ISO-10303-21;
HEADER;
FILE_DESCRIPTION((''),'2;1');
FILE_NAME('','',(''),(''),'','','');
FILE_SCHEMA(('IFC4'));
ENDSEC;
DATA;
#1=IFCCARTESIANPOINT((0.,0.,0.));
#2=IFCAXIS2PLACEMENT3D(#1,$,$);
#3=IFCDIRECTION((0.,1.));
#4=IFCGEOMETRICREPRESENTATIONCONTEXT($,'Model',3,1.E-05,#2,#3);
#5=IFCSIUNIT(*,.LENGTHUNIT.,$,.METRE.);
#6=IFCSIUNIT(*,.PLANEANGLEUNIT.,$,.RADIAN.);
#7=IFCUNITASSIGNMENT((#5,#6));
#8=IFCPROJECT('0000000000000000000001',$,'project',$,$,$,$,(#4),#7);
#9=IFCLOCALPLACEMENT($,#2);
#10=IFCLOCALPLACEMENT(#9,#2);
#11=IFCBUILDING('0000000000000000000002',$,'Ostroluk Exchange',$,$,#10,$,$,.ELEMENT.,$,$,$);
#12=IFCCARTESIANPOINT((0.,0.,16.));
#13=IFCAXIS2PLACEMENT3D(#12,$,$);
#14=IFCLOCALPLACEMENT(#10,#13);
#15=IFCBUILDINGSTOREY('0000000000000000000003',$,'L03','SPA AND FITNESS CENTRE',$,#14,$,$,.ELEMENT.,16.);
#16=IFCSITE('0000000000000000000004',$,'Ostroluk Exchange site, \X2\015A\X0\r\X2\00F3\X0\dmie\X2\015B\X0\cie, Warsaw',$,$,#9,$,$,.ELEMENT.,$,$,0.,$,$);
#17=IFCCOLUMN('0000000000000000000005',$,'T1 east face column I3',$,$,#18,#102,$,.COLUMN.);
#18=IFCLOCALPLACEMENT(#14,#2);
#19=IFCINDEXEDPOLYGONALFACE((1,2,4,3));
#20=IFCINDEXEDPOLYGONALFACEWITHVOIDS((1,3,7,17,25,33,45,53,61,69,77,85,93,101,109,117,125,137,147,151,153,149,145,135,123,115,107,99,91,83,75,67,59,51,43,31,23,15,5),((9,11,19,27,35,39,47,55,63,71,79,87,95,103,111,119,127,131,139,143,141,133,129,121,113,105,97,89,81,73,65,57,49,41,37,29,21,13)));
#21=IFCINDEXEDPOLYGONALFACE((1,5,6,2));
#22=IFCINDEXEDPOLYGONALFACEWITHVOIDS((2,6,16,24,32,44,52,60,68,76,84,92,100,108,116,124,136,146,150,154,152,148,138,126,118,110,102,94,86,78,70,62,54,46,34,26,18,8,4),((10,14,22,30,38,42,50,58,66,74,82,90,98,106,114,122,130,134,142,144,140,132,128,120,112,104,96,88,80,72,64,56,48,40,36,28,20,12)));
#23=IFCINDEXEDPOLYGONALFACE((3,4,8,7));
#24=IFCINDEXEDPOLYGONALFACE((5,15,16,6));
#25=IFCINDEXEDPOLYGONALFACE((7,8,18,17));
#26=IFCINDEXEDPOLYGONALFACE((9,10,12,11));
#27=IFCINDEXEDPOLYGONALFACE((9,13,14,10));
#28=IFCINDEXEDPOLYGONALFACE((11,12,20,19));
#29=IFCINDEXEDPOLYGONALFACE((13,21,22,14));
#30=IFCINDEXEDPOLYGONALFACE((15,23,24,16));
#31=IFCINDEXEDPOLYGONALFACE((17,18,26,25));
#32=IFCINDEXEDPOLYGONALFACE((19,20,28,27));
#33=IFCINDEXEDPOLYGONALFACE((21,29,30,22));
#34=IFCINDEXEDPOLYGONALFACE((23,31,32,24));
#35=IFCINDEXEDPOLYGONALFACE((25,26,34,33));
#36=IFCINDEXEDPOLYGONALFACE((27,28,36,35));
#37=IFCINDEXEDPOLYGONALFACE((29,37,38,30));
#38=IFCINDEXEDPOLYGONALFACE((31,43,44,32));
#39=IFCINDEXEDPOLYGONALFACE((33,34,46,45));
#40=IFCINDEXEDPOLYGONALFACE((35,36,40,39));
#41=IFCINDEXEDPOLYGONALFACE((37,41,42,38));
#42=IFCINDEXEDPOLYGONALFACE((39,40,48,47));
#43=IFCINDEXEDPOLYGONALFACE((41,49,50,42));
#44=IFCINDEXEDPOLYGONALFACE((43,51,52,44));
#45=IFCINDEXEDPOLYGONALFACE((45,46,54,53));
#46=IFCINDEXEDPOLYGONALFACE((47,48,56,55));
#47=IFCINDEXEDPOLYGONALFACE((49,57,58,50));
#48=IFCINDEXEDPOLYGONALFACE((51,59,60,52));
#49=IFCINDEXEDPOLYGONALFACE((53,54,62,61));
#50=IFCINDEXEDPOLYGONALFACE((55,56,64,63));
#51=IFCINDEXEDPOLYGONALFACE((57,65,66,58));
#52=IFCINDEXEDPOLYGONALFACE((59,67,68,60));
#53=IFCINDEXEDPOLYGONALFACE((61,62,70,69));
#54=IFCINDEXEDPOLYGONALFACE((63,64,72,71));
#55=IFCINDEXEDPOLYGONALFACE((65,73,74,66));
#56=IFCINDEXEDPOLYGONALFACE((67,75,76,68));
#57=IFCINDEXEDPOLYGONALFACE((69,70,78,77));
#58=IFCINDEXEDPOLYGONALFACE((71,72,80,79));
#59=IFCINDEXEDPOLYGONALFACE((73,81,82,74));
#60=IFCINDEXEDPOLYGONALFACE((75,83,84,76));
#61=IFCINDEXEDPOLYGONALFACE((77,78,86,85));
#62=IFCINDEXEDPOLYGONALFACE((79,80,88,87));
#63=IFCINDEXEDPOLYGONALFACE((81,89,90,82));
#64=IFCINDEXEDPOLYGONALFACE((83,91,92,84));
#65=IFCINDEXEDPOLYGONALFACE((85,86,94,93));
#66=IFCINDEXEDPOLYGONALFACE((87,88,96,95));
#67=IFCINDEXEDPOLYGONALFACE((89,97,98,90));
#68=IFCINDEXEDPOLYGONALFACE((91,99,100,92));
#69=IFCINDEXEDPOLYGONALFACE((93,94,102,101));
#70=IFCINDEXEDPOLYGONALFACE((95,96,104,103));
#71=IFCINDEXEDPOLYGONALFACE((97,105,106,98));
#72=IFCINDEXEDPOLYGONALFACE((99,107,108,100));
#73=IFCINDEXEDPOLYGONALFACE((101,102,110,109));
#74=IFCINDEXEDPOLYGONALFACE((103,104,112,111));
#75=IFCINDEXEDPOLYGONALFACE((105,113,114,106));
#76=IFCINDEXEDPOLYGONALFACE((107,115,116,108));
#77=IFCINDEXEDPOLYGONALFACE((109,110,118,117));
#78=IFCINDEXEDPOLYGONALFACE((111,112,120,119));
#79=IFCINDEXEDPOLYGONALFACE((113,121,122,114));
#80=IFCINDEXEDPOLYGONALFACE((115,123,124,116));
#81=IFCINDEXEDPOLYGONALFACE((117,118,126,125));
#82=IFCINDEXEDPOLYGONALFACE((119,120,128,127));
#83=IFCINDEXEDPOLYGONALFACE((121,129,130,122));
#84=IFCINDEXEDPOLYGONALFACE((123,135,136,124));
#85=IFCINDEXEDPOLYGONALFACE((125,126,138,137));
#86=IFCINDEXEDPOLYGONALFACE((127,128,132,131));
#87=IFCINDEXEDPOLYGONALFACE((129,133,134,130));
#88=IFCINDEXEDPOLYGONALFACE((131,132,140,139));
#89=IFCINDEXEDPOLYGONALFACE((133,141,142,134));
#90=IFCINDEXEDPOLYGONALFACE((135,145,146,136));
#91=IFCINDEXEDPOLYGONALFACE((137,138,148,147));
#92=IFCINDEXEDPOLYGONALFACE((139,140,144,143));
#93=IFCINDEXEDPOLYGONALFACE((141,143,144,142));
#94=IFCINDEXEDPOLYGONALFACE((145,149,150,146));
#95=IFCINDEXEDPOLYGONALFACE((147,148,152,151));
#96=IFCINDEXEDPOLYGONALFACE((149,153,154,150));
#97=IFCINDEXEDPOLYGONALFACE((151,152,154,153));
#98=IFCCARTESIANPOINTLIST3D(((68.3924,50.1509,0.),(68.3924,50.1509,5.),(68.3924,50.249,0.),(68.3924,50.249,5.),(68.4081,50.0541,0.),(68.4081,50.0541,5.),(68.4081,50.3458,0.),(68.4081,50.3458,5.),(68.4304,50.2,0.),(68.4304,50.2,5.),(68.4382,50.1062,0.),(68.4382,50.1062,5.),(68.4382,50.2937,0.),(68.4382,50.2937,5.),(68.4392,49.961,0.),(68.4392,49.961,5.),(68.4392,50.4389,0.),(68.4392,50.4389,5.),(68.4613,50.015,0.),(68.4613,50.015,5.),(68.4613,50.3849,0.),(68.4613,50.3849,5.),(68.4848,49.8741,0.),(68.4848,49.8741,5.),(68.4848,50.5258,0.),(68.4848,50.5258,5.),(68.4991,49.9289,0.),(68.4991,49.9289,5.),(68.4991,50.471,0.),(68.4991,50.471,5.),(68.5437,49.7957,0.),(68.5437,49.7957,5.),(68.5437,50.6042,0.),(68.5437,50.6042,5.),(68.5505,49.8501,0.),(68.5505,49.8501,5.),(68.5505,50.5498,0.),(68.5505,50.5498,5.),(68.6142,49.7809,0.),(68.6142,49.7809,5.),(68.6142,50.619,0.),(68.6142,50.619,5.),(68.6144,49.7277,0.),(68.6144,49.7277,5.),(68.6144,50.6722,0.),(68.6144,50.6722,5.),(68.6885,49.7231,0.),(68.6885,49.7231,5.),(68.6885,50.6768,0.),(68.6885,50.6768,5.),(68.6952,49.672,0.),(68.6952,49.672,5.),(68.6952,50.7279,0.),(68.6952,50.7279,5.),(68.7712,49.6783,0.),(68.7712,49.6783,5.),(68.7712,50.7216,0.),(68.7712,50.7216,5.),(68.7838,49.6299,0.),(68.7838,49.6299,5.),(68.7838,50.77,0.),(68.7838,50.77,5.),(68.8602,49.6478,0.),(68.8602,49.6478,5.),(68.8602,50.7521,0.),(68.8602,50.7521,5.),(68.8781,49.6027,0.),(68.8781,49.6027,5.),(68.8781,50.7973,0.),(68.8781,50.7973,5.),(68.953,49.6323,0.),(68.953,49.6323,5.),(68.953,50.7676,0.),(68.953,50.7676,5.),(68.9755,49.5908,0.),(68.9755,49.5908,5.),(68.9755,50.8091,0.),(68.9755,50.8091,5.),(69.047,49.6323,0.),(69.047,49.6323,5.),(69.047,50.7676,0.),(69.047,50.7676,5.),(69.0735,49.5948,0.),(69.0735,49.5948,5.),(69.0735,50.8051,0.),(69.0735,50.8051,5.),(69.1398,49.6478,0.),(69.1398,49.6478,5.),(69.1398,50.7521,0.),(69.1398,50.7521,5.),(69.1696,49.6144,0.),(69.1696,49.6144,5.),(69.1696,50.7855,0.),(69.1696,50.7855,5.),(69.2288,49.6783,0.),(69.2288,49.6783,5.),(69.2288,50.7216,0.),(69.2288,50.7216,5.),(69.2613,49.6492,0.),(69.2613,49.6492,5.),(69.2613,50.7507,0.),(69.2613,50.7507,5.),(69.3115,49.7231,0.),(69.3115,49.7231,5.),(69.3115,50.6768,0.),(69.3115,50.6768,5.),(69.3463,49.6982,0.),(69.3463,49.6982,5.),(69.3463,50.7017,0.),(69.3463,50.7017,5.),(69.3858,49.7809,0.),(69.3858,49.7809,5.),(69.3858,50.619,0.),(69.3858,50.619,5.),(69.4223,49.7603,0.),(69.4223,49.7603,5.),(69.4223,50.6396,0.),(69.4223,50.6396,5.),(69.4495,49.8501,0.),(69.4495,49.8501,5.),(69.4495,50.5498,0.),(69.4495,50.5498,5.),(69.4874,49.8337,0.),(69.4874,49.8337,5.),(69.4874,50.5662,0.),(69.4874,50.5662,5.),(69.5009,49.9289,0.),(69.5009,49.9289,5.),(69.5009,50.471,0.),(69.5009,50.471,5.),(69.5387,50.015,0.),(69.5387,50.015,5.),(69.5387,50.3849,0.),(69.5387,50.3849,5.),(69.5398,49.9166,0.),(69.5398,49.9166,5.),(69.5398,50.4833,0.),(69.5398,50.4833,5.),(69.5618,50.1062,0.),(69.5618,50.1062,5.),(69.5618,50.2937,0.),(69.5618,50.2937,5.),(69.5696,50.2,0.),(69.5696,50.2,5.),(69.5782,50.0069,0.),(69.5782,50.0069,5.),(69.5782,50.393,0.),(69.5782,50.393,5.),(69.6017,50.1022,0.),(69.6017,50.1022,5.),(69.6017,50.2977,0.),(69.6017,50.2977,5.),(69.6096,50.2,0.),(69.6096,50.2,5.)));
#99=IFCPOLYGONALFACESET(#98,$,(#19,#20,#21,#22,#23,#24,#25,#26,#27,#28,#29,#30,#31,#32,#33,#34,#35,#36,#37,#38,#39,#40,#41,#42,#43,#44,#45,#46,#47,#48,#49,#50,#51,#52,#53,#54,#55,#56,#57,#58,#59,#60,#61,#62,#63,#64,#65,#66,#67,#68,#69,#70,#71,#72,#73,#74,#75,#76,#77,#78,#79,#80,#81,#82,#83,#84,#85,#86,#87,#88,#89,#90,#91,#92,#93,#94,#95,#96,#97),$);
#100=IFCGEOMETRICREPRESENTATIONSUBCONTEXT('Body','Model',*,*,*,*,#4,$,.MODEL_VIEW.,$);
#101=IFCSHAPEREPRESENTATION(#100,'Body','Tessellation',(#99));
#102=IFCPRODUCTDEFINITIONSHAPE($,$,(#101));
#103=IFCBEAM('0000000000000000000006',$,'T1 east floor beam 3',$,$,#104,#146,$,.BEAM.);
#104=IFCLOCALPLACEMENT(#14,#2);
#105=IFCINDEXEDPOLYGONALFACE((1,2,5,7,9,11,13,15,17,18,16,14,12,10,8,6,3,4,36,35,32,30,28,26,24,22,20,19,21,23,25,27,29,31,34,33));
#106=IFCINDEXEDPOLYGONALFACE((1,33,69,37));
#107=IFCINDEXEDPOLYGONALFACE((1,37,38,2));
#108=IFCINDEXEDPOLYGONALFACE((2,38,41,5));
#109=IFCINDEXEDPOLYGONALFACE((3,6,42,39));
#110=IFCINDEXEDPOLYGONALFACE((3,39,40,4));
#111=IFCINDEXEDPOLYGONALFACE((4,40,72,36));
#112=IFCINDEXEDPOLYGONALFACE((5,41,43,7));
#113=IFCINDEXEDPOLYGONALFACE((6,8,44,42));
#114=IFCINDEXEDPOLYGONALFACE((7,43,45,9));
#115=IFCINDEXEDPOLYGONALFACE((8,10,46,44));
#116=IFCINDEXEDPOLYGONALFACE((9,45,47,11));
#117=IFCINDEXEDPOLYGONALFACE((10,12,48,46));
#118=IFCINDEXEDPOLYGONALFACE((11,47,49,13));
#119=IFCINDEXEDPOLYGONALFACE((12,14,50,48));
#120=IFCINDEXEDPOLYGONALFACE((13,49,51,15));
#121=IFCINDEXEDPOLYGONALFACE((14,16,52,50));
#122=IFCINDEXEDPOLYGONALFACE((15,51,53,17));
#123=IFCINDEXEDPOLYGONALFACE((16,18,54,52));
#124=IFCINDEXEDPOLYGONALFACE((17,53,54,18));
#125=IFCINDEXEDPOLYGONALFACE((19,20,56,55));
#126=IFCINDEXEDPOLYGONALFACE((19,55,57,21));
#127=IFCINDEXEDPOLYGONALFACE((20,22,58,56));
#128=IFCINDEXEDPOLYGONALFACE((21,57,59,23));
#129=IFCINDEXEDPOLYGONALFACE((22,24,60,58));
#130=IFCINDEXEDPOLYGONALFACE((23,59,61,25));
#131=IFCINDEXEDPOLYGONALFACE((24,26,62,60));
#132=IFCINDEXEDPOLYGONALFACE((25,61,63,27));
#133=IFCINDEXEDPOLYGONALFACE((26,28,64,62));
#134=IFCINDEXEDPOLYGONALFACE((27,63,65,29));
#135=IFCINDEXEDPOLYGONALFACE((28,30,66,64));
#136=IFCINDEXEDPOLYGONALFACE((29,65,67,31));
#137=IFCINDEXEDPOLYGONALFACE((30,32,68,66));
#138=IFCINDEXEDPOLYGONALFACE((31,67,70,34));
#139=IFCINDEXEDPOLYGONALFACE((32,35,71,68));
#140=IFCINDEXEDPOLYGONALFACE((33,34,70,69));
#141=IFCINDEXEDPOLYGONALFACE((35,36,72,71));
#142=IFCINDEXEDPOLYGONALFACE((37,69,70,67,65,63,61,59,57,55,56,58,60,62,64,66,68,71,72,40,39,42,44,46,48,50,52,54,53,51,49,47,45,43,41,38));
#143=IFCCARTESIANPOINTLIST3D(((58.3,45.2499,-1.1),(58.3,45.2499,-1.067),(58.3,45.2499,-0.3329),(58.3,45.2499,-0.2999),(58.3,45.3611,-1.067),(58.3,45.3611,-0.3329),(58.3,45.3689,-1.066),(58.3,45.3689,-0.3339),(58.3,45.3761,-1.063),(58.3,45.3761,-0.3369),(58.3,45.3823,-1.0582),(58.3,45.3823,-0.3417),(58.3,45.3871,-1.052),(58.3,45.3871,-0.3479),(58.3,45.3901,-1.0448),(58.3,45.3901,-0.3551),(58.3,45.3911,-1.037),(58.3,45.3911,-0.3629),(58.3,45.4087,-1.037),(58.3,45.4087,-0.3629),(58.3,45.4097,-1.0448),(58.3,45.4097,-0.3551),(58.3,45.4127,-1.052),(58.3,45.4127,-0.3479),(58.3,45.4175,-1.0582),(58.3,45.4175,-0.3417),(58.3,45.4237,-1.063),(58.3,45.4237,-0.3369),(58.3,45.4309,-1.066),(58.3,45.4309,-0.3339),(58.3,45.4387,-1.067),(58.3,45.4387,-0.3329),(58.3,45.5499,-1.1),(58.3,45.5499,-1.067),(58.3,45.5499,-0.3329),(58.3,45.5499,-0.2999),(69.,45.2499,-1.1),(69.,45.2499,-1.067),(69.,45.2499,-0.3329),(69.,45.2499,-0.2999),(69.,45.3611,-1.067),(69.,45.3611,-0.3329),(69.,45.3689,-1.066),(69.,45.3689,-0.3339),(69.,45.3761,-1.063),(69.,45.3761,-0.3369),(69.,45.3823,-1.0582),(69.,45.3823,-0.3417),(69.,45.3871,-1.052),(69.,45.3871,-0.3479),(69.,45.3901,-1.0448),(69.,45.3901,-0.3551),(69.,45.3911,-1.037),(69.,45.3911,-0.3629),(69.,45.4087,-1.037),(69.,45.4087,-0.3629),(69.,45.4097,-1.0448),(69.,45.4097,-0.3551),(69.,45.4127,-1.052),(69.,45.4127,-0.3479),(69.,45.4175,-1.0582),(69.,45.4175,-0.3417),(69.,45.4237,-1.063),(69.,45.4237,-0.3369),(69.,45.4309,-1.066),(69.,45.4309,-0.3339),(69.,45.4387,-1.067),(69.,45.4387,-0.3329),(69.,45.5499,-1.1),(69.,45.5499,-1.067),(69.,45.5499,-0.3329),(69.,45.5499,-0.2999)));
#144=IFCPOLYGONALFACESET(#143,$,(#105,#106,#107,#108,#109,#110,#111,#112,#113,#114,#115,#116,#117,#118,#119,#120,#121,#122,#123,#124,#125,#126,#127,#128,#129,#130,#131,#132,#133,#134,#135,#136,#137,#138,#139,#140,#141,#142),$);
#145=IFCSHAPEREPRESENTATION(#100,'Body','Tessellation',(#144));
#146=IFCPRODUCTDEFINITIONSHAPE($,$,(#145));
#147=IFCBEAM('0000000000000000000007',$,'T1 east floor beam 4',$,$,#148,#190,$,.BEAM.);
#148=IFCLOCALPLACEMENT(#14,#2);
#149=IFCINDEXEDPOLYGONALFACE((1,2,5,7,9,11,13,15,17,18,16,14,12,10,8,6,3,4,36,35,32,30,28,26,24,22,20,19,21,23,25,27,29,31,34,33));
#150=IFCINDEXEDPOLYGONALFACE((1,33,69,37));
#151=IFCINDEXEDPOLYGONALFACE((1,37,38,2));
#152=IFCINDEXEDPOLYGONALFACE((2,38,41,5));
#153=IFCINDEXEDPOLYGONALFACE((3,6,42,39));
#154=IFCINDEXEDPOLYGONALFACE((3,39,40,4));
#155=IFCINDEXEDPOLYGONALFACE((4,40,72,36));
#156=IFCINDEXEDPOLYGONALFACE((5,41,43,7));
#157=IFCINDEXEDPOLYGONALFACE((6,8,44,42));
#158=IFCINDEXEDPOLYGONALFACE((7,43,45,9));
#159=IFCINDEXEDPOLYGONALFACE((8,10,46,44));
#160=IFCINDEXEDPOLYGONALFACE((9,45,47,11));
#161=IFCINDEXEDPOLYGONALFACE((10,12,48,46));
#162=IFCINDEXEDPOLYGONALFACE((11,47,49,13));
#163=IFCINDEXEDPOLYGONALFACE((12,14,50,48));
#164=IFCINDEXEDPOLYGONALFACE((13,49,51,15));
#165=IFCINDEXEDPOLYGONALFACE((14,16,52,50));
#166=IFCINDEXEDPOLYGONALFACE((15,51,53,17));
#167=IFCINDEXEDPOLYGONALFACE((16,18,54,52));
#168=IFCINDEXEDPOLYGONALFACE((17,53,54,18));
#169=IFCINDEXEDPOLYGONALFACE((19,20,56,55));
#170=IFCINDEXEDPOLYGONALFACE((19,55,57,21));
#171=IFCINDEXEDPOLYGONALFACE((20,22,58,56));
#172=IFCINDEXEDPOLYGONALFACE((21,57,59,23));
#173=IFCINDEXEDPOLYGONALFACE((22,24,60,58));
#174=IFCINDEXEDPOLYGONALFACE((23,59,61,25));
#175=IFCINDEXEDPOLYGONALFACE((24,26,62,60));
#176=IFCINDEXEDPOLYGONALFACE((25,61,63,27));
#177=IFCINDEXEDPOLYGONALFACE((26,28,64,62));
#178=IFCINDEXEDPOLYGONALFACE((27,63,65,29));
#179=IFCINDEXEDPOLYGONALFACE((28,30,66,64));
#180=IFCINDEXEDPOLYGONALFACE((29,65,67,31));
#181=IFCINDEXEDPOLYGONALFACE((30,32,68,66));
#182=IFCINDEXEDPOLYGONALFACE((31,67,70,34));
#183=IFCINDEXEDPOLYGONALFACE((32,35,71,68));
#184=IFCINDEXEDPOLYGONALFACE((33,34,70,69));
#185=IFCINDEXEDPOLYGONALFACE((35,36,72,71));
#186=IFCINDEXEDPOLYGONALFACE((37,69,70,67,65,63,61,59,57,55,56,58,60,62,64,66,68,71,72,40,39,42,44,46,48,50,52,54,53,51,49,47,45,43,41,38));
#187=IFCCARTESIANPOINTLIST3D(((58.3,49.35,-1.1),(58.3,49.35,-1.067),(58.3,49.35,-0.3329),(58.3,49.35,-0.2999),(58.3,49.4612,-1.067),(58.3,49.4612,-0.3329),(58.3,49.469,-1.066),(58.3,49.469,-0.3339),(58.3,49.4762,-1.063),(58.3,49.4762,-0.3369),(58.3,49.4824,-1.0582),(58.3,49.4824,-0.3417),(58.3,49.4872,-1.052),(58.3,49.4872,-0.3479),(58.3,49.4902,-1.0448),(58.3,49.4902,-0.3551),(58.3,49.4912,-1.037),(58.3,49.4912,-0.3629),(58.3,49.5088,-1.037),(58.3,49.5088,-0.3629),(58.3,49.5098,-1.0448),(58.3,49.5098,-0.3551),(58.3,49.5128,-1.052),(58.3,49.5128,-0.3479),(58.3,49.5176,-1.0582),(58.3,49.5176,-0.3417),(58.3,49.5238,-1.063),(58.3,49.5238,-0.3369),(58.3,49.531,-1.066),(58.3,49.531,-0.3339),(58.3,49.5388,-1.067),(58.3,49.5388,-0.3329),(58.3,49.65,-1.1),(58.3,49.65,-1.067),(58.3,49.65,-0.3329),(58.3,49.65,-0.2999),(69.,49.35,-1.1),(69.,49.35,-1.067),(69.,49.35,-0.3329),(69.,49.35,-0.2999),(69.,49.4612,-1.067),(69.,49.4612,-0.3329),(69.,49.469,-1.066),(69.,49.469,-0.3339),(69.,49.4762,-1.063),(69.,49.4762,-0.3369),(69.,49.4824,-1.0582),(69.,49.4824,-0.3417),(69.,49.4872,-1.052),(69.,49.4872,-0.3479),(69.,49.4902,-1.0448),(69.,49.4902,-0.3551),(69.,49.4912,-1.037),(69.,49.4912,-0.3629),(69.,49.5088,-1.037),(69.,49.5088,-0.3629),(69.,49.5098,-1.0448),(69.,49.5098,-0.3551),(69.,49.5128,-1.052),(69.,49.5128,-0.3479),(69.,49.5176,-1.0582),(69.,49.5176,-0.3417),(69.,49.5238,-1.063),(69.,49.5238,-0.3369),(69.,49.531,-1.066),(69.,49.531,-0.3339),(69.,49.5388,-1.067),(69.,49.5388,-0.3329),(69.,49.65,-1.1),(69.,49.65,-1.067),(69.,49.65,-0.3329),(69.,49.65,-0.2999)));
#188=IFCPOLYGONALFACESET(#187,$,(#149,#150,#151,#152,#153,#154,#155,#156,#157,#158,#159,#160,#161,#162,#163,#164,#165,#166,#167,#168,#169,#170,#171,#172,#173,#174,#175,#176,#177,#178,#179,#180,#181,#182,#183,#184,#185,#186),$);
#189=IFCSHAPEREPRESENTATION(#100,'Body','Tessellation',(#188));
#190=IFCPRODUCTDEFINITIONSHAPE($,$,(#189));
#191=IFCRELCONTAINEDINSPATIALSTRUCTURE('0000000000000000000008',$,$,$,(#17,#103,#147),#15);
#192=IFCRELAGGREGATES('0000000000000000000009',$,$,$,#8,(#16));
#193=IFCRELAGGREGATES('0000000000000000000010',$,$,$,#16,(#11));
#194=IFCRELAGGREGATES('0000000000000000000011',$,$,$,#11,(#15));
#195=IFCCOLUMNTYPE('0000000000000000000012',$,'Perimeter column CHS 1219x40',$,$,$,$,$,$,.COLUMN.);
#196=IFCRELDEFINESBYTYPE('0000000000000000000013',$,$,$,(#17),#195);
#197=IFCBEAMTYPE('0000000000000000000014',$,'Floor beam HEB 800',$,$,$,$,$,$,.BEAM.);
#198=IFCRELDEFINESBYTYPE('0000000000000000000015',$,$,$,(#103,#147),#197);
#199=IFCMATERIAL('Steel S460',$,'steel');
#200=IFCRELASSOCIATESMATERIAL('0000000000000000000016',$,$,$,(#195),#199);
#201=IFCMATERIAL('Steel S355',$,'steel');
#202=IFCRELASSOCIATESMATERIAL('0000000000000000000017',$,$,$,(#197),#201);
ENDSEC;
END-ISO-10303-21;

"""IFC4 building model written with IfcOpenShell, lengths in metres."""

from ifc_helpers import new_model, si_unit, direction, frame, origin, origin_2d, place, context, subcontext, project, spatial, hollow_circle, i_section, extrude, material, material_profile, profile_set, type_object, element, save


model = new_model("IFC4")

# Units and contexts
model_context = context("Model", 3, precision=1e-05, world=origin(), true_north=direction((0.0, 1.0)))
body_context = subcontext(model_context, "Body", "Model", "MODEL_VIEW")
ifc_project = project(units=[si_unit("LENGTHUNIT", "METRE"), si_unit("PLANEANGLEUNIT", "RADIAN")], contexts=[model_context])

# Site, building, storey
site_placement = place(None, origin())
site = spatial("IfcSite", under=ifc_project, at=site_placement, Name="Ostroluk Exchange site, Śródmieście, Warsaw", CompositionType="ELEMENT", RefElevation=0.0)
building_placement = place(site_placement, origin())
building = spatial("IfcBuilding", under=site, at=building_placement, Name="Ostroluk Exchange", CompositionType="ELEMENT")
storey_placement = place(building_placement, frame((0.0, 0.0, 16.0)))
storey = spatial("IfcBuildingStorey", under=building, at=storey_placement, Name="L03", Description="SPA AND FITNESS CENTRE", CompositionType="ELEMENT", Elevation=16.0)

# Column
ifc_material_1 = material(Name="Steel S460", Category="steel")
ifc_material_profile_1 = material_profile(ifc_material_1, hollow_circle(Radius=0.6096, WallThickness=0.04, at=origin_2d()), Name="CHS 1219x40")
ifc_profile_set_1 = profile_set([ifc_material_profile_1], Name="Steel S460")
column_type = type_object("IfcColumnType", Name="Perimeter column CHS 1219x40", PredefinedType="COLUMN", material=ifc_profile_set_1)
column_placement = place(storey_placement, frame((69.0, 50.2, 0.0), z_axis=(0.0, 0.0, 1.0), x_axis=(1.0, 0.0, 0.0)))
element("IfcColumn", 1, at=column_placement, inside=storey, type_object=column_type, Name="T1 east face column I3", PredefinedType="COLUMN", context=body_context, shape_type="SweptSolid", body=[
    extrude(hollow_circle(Radius=0.6096, WallThickness=0.04, at=origin_2d()), origin(), (0.0, 0.0, 1.0), 5.0),
])

# Beams
ifc_material_2 = material(Name="Steel S355", Category="steel")
ifc_material_profile_2 = material_profile(ifc_material_2, i_section(OverallWidth=0.3, OverallDepth=0.8, WebThickness=0.0176, FlangeThickness=0.033, FilletRadius=0.03, at=origin_2d()), Name="HEB 800")
ifc_profile_set_2 = profile_set([ifc_material_profile_2], Name="Steel S355")
beam_type_1 = type_object("IfcBeamType", Name="Floor beam HEB 800", PredefinedType="BEAM", material=ifc_profile_set_2)
for number, where, z_axis, x_axis, name in (
    (2, (58.3, 45.3999, -0.7), (1.0, 0.0, 0.0), (0.0, 1.0, 0.0), "T1 east floor beam 3"),
    (3, (58.3, 49.5, -0.7), (1.0, 0.0, 0.0), (0.0, 1.0, 0.0), "T1 east floor beam 4"),
):
    element("IfcBeam", number, at=place(storey_placement, frame(where, z_axis=z_axis, x_axis=x_axis)), inside=storey, type_object=beam_type_1, Name=name, PredefinedType="BEAM", context=body_context, shape_type="SweptSolid", body=[
        extrude(i_section(OverallWidth=0.3, OverallDepth=0.8, WebThickness=0.0176, FlangeThickness=0.033, FilletRadius=0.03, at=origin_2d()), origin(), (0.0, 0.0, 1.0), 10.7),
    ])

save(model, "model.ifc")
